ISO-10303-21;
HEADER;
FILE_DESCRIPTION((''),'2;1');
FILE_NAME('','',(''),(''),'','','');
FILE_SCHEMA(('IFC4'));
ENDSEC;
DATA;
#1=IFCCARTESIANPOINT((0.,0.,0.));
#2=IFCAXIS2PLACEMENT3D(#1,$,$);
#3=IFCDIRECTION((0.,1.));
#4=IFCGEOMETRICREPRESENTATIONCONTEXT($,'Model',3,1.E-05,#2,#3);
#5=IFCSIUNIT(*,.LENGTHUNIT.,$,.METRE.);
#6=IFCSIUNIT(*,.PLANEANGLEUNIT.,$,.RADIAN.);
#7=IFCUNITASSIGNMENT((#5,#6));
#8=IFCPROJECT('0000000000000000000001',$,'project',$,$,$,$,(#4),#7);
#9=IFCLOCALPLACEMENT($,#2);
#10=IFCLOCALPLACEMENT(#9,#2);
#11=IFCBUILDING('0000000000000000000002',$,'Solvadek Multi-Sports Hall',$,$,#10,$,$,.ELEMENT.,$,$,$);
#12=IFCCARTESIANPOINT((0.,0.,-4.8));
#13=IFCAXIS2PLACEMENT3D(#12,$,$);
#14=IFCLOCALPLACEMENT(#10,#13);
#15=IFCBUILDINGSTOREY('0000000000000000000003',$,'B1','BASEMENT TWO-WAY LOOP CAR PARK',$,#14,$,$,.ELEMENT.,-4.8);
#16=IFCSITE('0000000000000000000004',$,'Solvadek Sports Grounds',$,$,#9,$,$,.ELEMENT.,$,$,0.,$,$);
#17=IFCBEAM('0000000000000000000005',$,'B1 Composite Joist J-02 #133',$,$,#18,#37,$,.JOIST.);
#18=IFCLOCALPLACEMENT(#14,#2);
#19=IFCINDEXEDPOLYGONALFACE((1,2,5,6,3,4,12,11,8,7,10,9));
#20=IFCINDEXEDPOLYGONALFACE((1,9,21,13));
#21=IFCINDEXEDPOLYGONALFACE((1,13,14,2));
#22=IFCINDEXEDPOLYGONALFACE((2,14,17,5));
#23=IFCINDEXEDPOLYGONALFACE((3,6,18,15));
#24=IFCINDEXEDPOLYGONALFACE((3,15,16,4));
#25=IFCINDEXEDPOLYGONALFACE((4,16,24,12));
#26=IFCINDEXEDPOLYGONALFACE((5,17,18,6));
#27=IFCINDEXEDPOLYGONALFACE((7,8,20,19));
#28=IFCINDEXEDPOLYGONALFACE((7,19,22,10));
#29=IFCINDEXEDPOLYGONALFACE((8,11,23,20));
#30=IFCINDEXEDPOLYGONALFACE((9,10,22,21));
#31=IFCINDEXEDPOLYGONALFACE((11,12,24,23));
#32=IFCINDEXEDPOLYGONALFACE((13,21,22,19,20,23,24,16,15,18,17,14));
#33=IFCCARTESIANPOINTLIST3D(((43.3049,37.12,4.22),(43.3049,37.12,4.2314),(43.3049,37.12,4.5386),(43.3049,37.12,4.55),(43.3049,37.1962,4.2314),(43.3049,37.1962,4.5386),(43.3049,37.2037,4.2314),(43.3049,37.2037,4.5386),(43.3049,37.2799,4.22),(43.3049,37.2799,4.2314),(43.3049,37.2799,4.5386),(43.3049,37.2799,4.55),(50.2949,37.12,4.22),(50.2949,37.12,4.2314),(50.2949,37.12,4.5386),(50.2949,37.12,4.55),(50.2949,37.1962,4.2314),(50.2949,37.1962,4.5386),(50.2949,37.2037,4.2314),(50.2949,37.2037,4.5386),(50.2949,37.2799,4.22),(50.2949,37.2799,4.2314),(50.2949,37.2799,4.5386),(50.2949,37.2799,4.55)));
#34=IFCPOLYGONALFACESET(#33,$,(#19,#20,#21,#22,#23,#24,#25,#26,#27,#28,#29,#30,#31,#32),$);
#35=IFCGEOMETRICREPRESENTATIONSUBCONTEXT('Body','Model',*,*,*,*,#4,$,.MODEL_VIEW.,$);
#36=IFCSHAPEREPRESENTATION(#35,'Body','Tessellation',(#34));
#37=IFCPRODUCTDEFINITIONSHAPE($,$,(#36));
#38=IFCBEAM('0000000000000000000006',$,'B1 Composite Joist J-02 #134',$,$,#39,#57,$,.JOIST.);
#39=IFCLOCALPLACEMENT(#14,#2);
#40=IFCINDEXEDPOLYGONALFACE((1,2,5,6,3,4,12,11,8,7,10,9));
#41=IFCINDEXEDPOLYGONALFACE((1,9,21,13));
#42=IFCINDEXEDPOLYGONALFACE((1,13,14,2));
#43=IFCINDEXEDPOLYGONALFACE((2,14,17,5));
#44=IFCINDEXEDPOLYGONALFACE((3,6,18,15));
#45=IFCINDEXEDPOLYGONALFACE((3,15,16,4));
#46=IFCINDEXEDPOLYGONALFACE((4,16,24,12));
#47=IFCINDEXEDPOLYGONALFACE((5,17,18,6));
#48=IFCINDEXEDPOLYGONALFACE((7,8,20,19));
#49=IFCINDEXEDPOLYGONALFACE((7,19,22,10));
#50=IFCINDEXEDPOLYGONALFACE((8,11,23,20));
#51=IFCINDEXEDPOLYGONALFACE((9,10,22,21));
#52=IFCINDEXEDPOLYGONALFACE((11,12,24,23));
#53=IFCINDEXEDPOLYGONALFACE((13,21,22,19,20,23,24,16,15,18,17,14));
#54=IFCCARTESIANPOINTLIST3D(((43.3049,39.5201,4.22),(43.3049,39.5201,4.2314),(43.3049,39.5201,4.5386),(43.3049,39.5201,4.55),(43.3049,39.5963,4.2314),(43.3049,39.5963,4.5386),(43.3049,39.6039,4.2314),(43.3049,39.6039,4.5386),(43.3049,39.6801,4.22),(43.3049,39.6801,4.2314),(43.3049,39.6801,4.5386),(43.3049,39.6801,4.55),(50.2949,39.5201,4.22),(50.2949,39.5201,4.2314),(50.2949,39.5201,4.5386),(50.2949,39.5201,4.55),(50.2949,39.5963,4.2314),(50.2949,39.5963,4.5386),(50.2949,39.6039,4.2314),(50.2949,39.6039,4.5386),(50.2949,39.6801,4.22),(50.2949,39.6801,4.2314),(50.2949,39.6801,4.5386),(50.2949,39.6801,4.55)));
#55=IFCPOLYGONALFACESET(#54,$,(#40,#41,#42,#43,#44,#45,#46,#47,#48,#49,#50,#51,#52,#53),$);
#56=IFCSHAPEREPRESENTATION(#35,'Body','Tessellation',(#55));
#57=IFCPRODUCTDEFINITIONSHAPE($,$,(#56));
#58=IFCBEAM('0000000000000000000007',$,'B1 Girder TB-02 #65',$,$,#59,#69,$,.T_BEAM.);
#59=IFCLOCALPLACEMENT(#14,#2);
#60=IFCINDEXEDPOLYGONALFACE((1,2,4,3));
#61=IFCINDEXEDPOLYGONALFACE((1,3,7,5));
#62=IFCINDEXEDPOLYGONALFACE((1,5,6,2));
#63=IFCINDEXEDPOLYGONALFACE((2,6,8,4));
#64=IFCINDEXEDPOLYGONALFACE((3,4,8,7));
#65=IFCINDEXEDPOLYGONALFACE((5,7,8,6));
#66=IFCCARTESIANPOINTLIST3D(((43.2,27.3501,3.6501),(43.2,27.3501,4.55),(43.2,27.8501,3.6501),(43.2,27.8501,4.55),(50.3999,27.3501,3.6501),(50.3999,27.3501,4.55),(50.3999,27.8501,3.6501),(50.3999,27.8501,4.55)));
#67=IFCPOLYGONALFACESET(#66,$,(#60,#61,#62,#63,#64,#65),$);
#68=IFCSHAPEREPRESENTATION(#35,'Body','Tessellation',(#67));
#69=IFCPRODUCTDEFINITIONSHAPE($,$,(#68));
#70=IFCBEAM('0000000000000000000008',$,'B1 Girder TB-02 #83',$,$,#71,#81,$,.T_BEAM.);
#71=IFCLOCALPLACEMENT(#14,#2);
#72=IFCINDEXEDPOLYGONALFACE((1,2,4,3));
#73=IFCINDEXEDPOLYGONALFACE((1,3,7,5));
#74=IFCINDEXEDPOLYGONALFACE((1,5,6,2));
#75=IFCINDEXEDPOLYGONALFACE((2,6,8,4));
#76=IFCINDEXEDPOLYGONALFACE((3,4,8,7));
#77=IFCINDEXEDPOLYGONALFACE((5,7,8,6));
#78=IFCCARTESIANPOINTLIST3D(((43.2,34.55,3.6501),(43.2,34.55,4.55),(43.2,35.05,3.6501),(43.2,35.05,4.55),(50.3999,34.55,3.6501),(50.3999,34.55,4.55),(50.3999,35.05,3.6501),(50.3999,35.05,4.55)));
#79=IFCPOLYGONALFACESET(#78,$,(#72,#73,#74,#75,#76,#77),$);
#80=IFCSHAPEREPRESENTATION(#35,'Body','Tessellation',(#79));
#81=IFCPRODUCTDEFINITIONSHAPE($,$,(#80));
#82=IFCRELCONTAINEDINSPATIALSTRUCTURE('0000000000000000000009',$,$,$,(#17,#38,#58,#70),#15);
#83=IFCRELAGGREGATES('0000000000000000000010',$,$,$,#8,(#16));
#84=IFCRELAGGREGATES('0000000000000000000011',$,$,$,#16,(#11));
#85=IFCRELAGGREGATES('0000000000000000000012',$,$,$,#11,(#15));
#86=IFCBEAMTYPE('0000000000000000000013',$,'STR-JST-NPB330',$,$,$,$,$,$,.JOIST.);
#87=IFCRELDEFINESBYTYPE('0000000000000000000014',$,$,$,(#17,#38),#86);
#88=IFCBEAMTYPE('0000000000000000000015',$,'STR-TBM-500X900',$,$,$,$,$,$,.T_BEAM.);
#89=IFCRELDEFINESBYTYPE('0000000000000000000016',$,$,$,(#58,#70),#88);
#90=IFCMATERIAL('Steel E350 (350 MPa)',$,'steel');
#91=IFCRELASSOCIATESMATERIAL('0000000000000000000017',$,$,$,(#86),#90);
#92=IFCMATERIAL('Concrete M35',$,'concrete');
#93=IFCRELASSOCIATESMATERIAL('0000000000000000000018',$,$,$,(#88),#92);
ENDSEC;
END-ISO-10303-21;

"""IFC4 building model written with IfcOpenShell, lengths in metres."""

from ifc_helpers import new_model, si_unit, direction, frame, origin, origin_2d, place, context, subcontext, project, spatial, rectangle, i_section, extrude, material, material_profile, profile_set, type_object, element, save


model = new_model("IFC4")

# Units and contexts
model_context = context("Model", 3, precision=1e-05, world=origin(), true_north=direction((0.0, 1.0)))
body_context = subcontext(model_context, "Body", "Model", "MODEL_VIEW")
ifc_project = project(units=[si_unit("LENGTHUNIT", "METRE"), si_unit("PLANEANGLEUNIT", "RADIAN")], contexts=[model_context])

# Site, building, storey
site_placement = place(None, origin())
site = spatial("IfcSite", under=ifc_project, at=site_placement, Name="Solvadek Sports Grounds", CompositionType="ELEMENT", RefElevation=0.0)
building_placement = place(site_placement, origin())
building = spatial("IfcBuilding", under=site, at=building_placement, Name="Solvadek Multi-Sports Hall", CompositionType="ELEMENT")
storey_placement = place(building_placement, frame((0.0, 0.0, -4.8)))
storey = spatial("IfcBuildingStorey", under=building, at=storey_placement, Name="B1", Description="BASEMENT TWO-WAY LOOP CAR PARK", CompositionType="ELEMENT", Elevation=-4.8)

# Shared definitions
ifc_material_1 = material(Name="Concrete M35", Category="concrete")

# Beams
ifc_material_2 = material(Name="Steel E350 (350 MPa)", Category="steel")
ifc_material_profile_1 = material_profile(ifc_material_2, i_section(OverallWidth=0.1599, OverallDepth=0.3301, WebThickness=0.0076, FlangeThickness=0.0115, at=origin_2d()), Name="NPB 330")
ifc_profile_set_1 = profile_set([ifc_material_profile_1], Name="Steel E350 (350 MPa)")
beam_type_1 = type_object("IfcBeamType", Name="STR-JST-NPB330", PredefinedType="JOIST", material=ifc_profile_set_1)
for number, where, z_axis, x_axis, name in (
    (1, (43.3049, 37.2, 4.385), (1.0, 0.0, 0.0), (0.0, 1.0, 0.0), "B1 Composite Joist J-02 #133"),
    (2, (43.3049, 39.6001, 4.385), (1.0, 0.0, 0.0), (0.0, 1.0, 0.0), "B1 Composite Joist J-02 #134"),
):
    element("IfcBeam", number, at=place(storey_placement, frame(where, z_axis=z_axis, x_axis=x_axis)), inside=storey, type_object=beam_type_1, Name=name, PredefinedType="JOIST", context=body_context, shape_type="SweptSolid", body=[
        extrude(i_section(OverallWidth=0.1599, OverallDepth=0.3301, WebThickness=0.0076, FlangeThickness=0.0115, at=origin_2d()), origin(), (0.0, 0.0, 1.0), 6.99),
    ])
ifc_material_profile_2 = material_profile(ifc_material_1, rectangle(XDim=0.5, YDim=0.8999, at=origin_2d()), Name="RC T-BEAM 500x900")
ifc_profile_set_2 = profile_set([ifc_material_profile_2], Name="Concrete M35")
beam_type_2 = type_object("IfcBeamType", Name="STR-TBM-500X900", PredefinedType="T_BEAM", material=ifc_profile_set_2)
for number, where, z_axis, x_axis, name in (
    (3, (43.2, 27.6001, 4.1001), (1.0, 0.0, 0.0), (0.0, 1.0, 0.0), "B1 Girder TB-02 #65"),
    (4, (43.2, 34.8, 4.1001), (1.0, 0.0, 0.0), (0.0, 1.0, 0.0), "B1 Girder TB-02 #83"),
):
    element("IfcBeam", number, at=place(storey_placement, frame(where, z_axis=z_axis, x_axis=x_axis)), inside=storey, type_object=beam_type_2, Name=name, PredefinedType="T_BEAM", context=body_context, shape_type="SweptSolid", body=[
        extrude(rectangle(XDim=0.5, YDim=0.8999, at=origin_2d()), origin(), (0.0, 0.0, 1.0), 7.2),
    ])

save(model, "model.ifc")
